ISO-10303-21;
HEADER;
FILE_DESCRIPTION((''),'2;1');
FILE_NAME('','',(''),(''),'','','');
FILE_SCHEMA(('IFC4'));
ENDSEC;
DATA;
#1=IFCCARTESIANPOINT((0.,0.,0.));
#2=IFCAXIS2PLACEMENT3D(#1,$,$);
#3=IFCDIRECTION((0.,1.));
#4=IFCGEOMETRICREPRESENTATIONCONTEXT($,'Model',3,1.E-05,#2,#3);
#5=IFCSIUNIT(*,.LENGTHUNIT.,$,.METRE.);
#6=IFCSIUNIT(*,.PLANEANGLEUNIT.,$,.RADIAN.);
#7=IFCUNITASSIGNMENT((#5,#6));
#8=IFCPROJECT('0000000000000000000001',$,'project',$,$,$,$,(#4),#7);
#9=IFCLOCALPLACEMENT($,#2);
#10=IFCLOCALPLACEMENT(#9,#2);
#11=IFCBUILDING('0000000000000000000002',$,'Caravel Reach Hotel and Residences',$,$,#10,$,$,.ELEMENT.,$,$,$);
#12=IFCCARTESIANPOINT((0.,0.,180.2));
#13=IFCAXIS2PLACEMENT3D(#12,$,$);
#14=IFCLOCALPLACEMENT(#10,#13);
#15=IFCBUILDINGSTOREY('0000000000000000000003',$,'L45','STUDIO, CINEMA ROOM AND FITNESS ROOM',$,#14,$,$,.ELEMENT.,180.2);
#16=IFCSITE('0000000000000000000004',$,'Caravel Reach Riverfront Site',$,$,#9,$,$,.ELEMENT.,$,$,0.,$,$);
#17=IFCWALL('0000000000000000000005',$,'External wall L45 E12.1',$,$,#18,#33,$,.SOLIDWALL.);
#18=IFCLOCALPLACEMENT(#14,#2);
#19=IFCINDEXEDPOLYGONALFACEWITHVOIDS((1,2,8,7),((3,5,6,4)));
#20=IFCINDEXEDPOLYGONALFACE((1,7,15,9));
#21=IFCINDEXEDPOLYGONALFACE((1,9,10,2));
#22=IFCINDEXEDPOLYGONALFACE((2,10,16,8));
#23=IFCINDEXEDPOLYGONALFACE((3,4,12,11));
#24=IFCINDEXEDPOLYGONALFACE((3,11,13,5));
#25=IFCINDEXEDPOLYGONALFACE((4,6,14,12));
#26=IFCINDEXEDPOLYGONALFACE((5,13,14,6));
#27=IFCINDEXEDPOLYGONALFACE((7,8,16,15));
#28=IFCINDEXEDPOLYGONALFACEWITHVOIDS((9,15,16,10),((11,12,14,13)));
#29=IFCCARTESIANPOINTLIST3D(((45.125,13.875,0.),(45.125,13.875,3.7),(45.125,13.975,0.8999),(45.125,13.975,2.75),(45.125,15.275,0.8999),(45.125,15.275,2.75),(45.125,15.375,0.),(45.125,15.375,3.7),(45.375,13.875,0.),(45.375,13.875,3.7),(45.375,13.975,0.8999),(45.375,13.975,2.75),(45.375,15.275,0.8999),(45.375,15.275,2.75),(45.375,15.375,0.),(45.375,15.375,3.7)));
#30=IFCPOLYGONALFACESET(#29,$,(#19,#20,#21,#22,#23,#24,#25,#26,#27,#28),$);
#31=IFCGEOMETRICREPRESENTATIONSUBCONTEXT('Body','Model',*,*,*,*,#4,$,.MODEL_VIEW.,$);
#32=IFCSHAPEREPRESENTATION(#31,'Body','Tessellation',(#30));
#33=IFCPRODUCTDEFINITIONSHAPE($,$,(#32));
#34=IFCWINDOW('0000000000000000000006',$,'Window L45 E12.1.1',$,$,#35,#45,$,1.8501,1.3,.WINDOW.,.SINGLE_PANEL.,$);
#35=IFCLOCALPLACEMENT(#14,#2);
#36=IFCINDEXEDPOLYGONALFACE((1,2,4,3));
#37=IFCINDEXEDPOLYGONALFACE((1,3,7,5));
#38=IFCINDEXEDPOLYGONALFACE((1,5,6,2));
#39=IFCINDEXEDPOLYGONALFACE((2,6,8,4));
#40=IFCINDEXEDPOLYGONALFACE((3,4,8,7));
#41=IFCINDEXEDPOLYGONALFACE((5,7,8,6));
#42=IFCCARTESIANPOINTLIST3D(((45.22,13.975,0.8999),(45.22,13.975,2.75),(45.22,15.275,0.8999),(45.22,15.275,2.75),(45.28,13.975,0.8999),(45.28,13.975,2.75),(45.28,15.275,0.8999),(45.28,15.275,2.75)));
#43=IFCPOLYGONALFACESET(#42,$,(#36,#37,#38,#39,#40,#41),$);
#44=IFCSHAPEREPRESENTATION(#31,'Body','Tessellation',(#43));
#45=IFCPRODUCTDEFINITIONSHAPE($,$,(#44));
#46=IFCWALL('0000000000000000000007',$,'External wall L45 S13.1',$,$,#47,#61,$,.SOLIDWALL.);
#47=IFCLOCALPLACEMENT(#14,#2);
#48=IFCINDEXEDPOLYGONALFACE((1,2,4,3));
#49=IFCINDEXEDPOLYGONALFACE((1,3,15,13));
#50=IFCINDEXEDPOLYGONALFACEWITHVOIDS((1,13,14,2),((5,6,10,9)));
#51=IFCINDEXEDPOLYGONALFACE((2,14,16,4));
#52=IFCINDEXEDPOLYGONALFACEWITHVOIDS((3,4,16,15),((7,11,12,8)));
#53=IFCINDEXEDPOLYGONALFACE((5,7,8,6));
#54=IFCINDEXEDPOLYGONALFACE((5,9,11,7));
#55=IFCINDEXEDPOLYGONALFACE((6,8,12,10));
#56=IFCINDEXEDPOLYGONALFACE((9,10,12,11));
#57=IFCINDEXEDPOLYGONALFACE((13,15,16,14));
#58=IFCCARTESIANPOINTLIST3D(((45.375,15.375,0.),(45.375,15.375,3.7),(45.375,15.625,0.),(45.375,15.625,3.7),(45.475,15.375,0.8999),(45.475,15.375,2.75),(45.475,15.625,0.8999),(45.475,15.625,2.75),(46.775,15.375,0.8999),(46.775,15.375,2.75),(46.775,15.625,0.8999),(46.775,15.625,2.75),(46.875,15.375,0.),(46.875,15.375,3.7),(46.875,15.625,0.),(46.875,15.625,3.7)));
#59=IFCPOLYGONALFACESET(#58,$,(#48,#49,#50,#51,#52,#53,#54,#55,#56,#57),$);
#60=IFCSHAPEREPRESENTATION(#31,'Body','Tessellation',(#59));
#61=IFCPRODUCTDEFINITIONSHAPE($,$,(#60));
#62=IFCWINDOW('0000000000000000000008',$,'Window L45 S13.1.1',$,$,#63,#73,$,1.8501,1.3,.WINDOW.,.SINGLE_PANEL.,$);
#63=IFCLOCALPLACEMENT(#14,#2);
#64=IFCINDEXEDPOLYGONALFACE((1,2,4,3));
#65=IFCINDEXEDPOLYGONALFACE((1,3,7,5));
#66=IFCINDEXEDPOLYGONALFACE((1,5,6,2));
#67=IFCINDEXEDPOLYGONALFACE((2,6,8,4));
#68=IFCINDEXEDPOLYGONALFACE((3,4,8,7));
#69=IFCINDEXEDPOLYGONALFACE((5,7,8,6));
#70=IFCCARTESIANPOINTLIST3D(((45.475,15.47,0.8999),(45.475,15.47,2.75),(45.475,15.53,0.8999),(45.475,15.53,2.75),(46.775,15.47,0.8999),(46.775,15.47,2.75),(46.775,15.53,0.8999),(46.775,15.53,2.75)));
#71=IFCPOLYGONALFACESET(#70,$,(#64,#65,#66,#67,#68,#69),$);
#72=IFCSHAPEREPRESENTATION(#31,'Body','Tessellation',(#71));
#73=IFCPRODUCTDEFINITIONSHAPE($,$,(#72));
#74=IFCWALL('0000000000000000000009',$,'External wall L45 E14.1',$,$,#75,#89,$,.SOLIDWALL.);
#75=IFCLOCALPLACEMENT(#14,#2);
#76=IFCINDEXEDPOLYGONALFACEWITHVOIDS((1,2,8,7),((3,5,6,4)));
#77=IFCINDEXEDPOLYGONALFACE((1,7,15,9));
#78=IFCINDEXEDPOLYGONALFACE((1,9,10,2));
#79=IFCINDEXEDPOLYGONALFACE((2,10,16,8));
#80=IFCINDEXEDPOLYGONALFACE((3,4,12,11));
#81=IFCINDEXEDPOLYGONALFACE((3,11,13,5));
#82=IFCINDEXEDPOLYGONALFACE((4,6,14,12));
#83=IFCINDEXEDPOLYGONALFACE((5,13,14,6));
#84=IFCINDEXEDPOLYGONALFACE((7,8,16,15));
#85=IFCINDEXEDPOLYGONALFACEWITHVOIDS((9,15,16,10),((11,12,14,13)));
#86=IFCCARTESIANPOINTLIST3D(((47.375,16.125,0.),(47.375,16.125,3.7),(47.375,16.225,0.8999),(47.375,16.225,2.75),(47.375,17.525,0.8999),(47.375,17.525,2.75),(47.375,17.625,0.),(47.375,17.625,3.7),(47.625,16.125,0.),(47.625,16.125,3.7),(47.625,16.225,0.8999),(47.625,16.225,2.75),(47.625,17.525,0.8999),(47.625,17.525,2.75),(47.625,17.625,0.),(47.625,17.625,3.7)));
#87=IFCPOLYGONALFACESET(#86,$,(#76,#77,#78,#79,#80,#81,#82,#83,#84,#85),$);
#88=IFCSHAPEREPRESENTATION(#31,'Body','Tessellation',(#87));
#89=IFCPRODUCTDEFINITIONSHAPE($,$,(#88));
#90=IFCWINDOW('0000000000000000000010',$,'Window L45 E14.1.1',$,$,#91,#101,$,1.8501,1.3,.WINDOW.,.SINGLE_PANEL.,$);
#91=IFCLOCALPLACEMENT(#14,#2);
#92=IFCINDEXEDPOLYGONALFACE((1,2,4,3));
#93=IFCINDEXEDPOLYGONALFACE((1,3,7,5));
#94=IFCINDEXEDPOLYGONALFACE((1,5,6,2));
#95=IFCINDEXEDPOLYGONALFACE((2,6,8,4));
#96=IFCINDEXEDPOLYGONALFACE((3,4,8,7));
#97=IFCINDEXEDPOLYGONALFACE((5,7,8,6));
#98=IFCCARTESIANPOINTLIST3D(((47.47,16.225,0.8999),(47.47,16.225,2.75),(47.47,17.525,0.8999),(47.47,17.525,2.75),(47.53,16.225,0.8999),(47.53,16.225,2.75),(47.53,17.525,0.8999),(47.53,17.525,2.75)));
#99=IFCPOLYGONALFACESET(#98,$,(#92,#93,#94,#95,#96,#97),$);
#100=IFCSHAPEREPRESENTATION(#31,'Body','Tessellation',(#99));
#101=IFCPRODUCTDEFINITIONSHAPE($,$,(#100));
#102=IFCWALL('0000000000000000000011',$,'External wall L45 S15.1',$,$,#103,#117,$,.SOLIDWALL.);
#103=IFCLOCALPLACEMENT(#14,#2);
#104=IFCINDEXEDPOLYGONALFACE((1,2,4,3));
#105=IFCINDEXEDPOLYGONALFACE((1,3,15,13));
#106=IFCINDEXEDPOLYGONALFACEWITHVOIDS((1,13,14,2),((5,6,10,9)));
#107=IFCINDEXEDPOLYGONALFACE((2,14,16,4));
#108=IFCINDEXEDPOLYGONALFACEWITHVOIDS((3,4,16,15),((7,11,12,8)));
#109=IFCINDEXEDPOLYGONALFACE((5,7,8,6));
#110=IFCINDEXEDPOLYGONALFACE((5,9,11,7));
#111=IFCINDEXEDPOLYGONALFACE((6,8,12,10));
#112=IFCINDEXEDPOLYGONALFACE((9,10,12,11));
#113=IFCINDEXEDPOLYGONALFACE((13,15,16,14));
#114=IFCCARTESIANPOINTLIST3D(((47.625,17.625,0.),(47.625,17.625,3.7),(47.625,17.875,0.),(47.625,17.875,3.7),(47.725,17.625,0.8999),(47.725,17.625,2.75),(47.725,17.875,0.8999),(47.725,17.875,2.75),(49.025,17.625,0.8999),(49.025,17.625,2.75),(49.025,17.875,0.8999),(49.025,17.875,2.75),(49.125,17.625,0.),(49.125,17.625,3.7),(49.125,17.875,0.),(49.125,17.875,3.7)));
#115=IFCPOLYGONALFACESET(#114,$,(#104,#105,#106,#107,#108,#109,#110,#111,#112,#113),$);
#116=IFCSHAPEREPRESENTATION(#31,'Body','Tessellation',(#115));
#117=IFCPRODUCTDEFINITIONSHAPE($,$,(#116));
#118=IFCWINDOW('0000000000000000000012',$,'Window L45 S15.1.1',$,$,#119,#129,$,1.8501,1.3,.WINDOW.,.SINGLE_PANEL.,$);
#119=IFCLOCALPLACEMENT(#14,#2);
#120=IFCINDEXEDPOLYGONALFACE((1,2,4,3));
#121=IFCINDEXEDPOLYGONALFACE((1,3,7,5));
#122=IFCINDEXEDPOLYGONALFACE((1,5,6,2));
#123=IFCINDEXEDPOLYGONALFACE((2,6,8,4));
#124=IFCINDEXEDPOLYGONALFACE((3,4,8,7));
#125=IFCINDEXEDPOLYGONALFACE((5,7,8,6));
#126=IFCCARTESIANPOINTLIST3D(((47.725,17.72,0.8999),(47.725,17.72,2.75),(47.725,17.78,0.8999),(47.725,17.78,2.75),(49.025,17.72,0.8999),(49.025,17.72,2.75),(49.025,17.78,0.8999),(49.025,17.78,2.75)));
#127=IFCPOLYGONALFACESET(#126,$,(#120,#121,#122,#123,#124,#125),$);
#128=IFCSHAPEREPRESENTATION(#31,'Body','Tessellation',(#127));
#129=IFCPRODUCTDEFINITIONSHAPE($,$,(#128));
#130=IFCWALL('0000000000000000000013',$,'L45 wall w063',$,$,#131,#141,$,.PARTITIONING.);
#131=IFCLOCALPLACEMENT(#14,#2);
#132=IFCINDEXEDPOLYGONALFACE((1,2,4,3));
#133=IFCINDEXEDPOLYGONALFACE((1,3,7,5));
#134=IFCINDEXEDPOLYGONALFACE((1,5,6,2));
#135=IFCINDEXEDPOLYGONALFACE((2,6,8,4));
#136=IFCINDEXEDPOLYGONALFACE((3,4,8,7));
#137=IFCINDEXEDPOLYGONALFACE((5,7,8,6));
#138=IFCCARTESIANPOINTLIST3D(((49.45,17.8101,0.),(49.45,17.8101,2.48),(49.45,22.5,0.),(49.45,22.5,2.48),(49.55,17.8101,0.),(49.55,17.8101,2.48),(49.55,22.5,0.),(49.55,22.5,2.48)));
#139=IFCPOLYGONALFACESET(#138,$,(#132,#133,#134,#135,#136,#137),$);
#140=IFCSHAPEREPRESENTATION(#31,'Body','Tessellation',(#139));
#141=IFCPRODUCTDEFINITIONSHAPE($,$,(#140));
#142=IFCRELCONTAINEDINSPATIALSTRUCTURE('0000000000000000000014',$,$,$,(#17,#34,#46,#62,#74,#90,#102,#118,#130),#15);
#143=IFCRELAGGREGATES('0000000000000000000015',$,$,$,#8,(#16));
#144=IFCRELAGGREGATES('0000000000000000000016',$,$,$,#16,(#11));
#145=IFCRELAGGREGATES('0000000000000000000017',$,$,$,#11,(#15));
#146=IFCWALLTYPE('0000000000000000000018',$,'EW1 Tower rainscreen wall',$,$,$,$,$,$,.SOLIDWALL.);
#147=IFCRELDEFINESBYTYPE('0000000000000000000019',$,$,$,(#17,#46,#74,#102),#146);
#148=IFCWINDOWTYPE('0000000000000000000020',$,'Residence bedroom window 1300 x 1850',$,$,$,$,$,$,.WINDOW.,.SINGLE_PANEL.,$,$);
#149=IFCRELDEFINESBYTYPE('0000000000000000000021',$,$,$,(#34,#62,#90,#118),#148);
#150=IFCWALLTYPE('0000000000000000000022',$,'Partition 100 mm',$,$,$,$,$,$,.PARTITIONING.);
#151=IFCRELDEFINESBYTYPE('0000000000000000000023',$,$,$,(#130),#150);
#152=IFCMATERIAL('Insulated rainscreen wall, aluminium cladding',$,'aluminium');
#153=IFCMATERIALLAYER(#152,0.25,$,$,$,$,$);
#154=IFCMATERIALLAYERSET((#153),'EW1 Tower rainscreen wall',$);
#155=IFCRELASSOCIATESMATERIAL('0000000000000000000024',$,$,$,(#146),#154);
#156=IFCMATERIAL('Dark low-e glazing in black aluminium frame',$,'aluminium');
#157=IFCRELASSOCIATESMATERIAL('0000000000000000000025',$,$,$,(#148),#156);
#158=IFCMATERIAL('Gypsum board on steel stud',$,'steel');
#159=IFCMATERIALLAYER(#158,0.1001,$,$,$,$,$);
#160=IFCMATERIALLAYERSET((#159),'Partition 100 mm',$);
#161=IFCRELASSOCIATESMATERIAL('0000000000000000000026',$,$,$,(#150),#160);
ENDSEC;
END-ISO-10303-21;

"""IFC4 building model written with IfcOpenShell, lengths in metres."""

from ifc_helpers import new_model, si_unit, direction, frame, frame_2d, origin, place, context, subcontext, project, spatial, rectangle, extrude, material, layer, layer_set, type_object, element, fill, save


model = new_model("IFC4")

# Units and contexts
model_context = context("Model", 3, precision=1e-05, world=origin(), true_north=direction((0.0, 1.0)))
body_context = subcontext(model_context, "Body", "Model", "MODEL_VIEW")
ifc_project = project(units=[si_unit("LENGTHUNIT", "METRE"), si_unit("PLANEANGLEUNIT", "RADIAN")], contexts=[model_context])

# Site, building, storey
site_placement = place(None, origin())
site = spatial("IfcSite", under=ifc_project, at=site_placement, Name="Caravel Reach Riverfront Site", CompositionType="ELEMENT", RefElevation=0.0)
building_placement = place(site_placement, origin())
building = spatial("IfcBuilding", under=site, at=building_placement, Name="Caravel Reach Hotel and Residences", CompositionType="ELEMENT")
storey_placement = place(building_placement, frame((0.0, 0.0, 180.2)))
storey = spatial("IfcBuildingStorey", under=building, at=storey_placement, Name="L45", Description="STUDIO, CINEMA ROOM AND FITNESS ROOM", CompositionType="ELEMENT", Elevation=180.2)

# Walls, openings, windows
ifc_material_1 = material(Name="Insulated rainscreen wall, aluminium cladding", Category="aluminium")
ifc_layer_1 = layer(ifc_material_1, 0.25)
ifc_layer_set_1 = layer_set([ifc_layer_1], Name="EW1 Tower rainscreen wall")
wall_type_1 = type_object("IfcWallType", Name="EW1 Tower rainscreen wall", PredefinedType="SOLIDWALL", material=ifc_layer_set_1)
wall_1_placement = place(storey_placement, frame((45.25, 13.875, 0.0), z_axis=(0.0, 0.0, 1.0), x_axis=(0.0, 1.0, 0.0)))
wall_1 = element("IfcWall", 1, at=wall_1_placement, inside=storey, type_object=wall_type_1, Name="External wall L45 E12.1", PredefinedType="SOLIDWALL", context=body_context, shape_type="SweptSolid", body=[
    extrude(rectangle(XDim=1.5, YDim=0.25, at=frame_2d((0.75, 0.0))), origin(), (0.0, 0.0, 1.0), 3.7),
])
opening_1_placement = place(wall_1_placement, frame((0.1001, 0.0, 0.8999)))
opening_1 = element("IfcOpeningElement", 2, at=opening_1_placement, cuts=wall_1, PredefinedType="OPENING", context=body_context, shape_type="SweptSolid", body=[
    extrude(rectangle(XDim=1.3, YDim=1.8501, at=frame_2d((0.6499, 0.925))), frame((0.0, 0.135, 0.0), z_axis=(0.0, -1.0, 0.0), x_axis=(1.0, 0.0, 0.0)), (0.0, 0.0, 1.0), 0.27),
])
ifc_material_2 = material(Name="Dark low-e glazing in black aluminium frame", Category="aluminium")
window_type = type_object("IfcWindowType", Name="Residence bedroom window 1300 x 1850", PartitioningType="SINGLE_PANEL", PredefinedType="WINDOW", material=ifc_material_2)
window_1_placement = place(opening_1_placement, origin())
window_1 = element("IfcWindow", 3, at=window_1_placement, inside=storey, type_object=window_type, Name="Window L45 E12.1.1", OverallHeight=1.8501, OverallWidth=1.3, PartitioningType="SINGLE_PANEL", PredefinedType="WINDOW", context=body_context, shape_type="SweptSolid", body=[
    extrude(rectangle(XDim=1.3, YDim=1.8501, at=frame_2d((0.6499, 0.925))), frame((0.0, 0.03, 0.0), z_axis=(0.0, -1.0, 0.0), x_axis=(1.0, 0.0, 0.0)), (0.0, 0.0, 1.0), 0.0601),
])
fill(opening_1, window_1)
wall_2_placement = place(storey_placement, frame((45.375, 15.5, 0.0), z_axis=(0.0, 0.0, 1.0), x_axis=(1.0, 0.0, 0.0)))
wall_2 = element("IfcWall", 4, at=wall_2_placement, inside=storey, type_object=wall_type_1, Name="External wall L45 S13.1", PredefinedType="SOLIDWALL", context=body_context, shape_type="SweptSolid", body=[
    extrude(rectangle(XDim=1.5, YDim=0.25, at=frame_2d((0.75, 0.0))), origin(), (0.0, 0.0, 1.0), 3.7),
])
opening_2_placement = place(wall_2_placement, frame((0.1001, 0.0, 0.8999)))
opening_2 = element("IfcOpeningElement", 5, at=opening_2_placement, cuts=wall_2, PredefinedType="OPENING", context=body_context, shape_type="SweptSolid", body=[
    extrude(rectangle(XDim=1.3, YDim=1.8501, at=frame_2d((0.6499, 0.925))), frame((0.0, 0.135, 0.0), z_axis=(0.0, -1.0, 0.0), x_axis=(1.0, 0.0, 0.0)), (0.0, 0.0, 1.0), 0.27),
])
window_2_placement = place(opening_2_placement, origin())
window_2 = element("IfcWindow", 6, at=window_2_placement, inside=storey, type_object=window_type, Name="Window L45 S13.1.1", OverallHeight=1.8501, OverallWidth=1.3, PartitioningType="SINGLE_PANEL", PredefinedType="WINDOW", context=body_context, shape_type="SweptSolid", body=[
    extrude(rectangle(XDim=1.3, YDim=1.8501, at=frame_2d((0.6499, 0.925))), frame((0.0, 0.03, 0.0), z_axis=(0.0, -1.0, 0.0), x_axis=(1.0, 0.0, 0.0)), (0.0, 0.0, 1.0), 0.0601),
])
fill(opening_2, window_2)
wall_3_placement = place(storey_placement, frame((47.5, 16.125, 0.0), z_axis=(0.0, 0.0, 1.0), x_axis=(0.0, 1.0, 0.0)))
wall_3 = element("IfcWall", 7, at=wall_3_placement, inside=storey, type_object=wall_type_1, Name="External wall L45 E14.1", PredefinedType="SOLIDWALL", context=body_context, shape_type="SweptSolid", body=[
    extrude(rectangle(XDim=1.5, YDim=0.25, at=frame_2d((0.75, 0.0))), origin(), (0.0, 0.0, 1.0), 3.7),
])
opening_3_placement = place(wall_3_placement, frame((0.1001, 0.0, 0.8999)))
opening_3 = element("IfcOpeningElement", 8, at=opening_3_placement, cuts=wall_3, PredefinedType="OPENING", context=body_context, shape_type="SweptSolid", body=[
    extrude(rectangle(XDim=1.3, YDim=1.8501, at=frame_2d((0.6499, 0.925))), frame((0.0, 0.135, 0.0), z_axis=(0.0, -1.0, 0.0), x_axis=(1.0, 0.0, 0.0)), (0.0, 0.0, 1.0), 0.27),
])
window_3_placement = place(opening_3_placement, origin())
window_3 = element("IfcWindow", 9, at=window_3_placement, inside=storey, type_object=window_type, Name="Window L45 E14.1.1", OverallHeight=1.8501, OverallWidth=1.3, PartitioningType="SINGLE_PANEL", PredefinedType="WINDOW", context=body_context, shape_type="SweptSolid", body=[
    extrude(rectangle(XDim=1.3, YDim=1.8501, at=frame_2d((0.6499, 0.925))), frame((0.0, 0.03, 0.0), z_axis=(0.0, -1.0, 0.0), x_axis=(1.0, 0.0, 0.0)), (0.0, 0.0, 1.0), 0.0601),
])
fill(opening_3, window_3)
wall_4_placement = place(storey_placement, frame((47.625, 17.75, 0.0), z_axis=(0.0, 0.0, 1.0), x_axis=(1.0, 0.0, 0.0)))
wall_4 = element("IfcWall", 10, at=wall_4_placement, inside=storey, type_object=wall_type_1, Name="External wall L45 S15.1", PredefinedType="SOLIDWALL", context=body_context, shape_type="SweptSolid", body=[
    extrude(rectangle(XDim=1.5, YDim=0.25, at=frame_2d((0.75, 0.0))), origin(), (0.0, 0.0, 1.0), 3.7),
])
opening_4_placement = place(wall_4_placement, frame((0.1001, 0.0, 0.8999)))
opening_4 = element("IfcOpeningElement", 11, at=opening_4_placement, cuts=wall_4, PredefinedType="OPENING", context=body_context, shape_type="SweptSolid", body=[
    extrude(rectangle(XDim=1.3, YDim=1.8501, at=frame_2d((0.6499, 0.925))), frame((0.0, 0.135, 0.0), z_axis=(0.0, -1.0, 0.0), x_axis=(1.0, 0.0, 0.0)), (0.0, 0.0, 1.0), 0.27),
])
window_4_placement = place(opening_4_placement, origin())
window_4 = element("IfcWindow", 12, at=window_4_placement, inside=storey, type_object=window_type, Name="Window L45 S15.1.1", OverallHeight=1.8501, OverallWidth=1.3, PartitioningType="SINGLE_PANEL", PredefinedType="WINDOW", context=body_context, shape_type="SweptSolid", body=[
    extrude(rectangle(XDim=1.3, YDim=1.8501, at=frame_2d((0.6499, 0.925))), frame((0.0, 0.03, 0.0), z_axis=(0.0, -1.0, 0.0), x_axis=(1.0, 0.0, 0.0)), (0.0, 0.0, 1.0), 0.0601),
])
fill(opening_4, window_4)

# Wall
ifc_material_3 = material(Name="Gypsum board on steel stud", Category="steel")
ifc_layer_2 = layer(ifc_material_3, 0.1001)
ifc_layer_set_2 = layer_set([ifc_layer_2], Name="Partition 100 mm")
wall_type_2 = type_object("IfcWallType", Name="Partition 100 mm", PredefinedType="PARTITIONING", material=ifc_layer_set_2)
wall_5_placement = place(storey_placement, frame((49.5, 17.8101, 0.0), z_axis=(0.0, 0.0, 1.0), x_axis=(0.0, 1.0, 0.0)))
element("IfcWall", 13, at=wall_5_placement, inside=storey, type_object=wall_type_2, Name="L45 wall w063", PredefinedType="PARTITIONING", context=body_context, shape_type="SweptSolid", body=[
    extrude(rectangle(XDim=4.6899, YDim=0.1001, at=frame_2d((2.345, 0.0))), origin(), (0.0, 0.0, 1.0), 2.48),
])

save(model, "model.ifc")
